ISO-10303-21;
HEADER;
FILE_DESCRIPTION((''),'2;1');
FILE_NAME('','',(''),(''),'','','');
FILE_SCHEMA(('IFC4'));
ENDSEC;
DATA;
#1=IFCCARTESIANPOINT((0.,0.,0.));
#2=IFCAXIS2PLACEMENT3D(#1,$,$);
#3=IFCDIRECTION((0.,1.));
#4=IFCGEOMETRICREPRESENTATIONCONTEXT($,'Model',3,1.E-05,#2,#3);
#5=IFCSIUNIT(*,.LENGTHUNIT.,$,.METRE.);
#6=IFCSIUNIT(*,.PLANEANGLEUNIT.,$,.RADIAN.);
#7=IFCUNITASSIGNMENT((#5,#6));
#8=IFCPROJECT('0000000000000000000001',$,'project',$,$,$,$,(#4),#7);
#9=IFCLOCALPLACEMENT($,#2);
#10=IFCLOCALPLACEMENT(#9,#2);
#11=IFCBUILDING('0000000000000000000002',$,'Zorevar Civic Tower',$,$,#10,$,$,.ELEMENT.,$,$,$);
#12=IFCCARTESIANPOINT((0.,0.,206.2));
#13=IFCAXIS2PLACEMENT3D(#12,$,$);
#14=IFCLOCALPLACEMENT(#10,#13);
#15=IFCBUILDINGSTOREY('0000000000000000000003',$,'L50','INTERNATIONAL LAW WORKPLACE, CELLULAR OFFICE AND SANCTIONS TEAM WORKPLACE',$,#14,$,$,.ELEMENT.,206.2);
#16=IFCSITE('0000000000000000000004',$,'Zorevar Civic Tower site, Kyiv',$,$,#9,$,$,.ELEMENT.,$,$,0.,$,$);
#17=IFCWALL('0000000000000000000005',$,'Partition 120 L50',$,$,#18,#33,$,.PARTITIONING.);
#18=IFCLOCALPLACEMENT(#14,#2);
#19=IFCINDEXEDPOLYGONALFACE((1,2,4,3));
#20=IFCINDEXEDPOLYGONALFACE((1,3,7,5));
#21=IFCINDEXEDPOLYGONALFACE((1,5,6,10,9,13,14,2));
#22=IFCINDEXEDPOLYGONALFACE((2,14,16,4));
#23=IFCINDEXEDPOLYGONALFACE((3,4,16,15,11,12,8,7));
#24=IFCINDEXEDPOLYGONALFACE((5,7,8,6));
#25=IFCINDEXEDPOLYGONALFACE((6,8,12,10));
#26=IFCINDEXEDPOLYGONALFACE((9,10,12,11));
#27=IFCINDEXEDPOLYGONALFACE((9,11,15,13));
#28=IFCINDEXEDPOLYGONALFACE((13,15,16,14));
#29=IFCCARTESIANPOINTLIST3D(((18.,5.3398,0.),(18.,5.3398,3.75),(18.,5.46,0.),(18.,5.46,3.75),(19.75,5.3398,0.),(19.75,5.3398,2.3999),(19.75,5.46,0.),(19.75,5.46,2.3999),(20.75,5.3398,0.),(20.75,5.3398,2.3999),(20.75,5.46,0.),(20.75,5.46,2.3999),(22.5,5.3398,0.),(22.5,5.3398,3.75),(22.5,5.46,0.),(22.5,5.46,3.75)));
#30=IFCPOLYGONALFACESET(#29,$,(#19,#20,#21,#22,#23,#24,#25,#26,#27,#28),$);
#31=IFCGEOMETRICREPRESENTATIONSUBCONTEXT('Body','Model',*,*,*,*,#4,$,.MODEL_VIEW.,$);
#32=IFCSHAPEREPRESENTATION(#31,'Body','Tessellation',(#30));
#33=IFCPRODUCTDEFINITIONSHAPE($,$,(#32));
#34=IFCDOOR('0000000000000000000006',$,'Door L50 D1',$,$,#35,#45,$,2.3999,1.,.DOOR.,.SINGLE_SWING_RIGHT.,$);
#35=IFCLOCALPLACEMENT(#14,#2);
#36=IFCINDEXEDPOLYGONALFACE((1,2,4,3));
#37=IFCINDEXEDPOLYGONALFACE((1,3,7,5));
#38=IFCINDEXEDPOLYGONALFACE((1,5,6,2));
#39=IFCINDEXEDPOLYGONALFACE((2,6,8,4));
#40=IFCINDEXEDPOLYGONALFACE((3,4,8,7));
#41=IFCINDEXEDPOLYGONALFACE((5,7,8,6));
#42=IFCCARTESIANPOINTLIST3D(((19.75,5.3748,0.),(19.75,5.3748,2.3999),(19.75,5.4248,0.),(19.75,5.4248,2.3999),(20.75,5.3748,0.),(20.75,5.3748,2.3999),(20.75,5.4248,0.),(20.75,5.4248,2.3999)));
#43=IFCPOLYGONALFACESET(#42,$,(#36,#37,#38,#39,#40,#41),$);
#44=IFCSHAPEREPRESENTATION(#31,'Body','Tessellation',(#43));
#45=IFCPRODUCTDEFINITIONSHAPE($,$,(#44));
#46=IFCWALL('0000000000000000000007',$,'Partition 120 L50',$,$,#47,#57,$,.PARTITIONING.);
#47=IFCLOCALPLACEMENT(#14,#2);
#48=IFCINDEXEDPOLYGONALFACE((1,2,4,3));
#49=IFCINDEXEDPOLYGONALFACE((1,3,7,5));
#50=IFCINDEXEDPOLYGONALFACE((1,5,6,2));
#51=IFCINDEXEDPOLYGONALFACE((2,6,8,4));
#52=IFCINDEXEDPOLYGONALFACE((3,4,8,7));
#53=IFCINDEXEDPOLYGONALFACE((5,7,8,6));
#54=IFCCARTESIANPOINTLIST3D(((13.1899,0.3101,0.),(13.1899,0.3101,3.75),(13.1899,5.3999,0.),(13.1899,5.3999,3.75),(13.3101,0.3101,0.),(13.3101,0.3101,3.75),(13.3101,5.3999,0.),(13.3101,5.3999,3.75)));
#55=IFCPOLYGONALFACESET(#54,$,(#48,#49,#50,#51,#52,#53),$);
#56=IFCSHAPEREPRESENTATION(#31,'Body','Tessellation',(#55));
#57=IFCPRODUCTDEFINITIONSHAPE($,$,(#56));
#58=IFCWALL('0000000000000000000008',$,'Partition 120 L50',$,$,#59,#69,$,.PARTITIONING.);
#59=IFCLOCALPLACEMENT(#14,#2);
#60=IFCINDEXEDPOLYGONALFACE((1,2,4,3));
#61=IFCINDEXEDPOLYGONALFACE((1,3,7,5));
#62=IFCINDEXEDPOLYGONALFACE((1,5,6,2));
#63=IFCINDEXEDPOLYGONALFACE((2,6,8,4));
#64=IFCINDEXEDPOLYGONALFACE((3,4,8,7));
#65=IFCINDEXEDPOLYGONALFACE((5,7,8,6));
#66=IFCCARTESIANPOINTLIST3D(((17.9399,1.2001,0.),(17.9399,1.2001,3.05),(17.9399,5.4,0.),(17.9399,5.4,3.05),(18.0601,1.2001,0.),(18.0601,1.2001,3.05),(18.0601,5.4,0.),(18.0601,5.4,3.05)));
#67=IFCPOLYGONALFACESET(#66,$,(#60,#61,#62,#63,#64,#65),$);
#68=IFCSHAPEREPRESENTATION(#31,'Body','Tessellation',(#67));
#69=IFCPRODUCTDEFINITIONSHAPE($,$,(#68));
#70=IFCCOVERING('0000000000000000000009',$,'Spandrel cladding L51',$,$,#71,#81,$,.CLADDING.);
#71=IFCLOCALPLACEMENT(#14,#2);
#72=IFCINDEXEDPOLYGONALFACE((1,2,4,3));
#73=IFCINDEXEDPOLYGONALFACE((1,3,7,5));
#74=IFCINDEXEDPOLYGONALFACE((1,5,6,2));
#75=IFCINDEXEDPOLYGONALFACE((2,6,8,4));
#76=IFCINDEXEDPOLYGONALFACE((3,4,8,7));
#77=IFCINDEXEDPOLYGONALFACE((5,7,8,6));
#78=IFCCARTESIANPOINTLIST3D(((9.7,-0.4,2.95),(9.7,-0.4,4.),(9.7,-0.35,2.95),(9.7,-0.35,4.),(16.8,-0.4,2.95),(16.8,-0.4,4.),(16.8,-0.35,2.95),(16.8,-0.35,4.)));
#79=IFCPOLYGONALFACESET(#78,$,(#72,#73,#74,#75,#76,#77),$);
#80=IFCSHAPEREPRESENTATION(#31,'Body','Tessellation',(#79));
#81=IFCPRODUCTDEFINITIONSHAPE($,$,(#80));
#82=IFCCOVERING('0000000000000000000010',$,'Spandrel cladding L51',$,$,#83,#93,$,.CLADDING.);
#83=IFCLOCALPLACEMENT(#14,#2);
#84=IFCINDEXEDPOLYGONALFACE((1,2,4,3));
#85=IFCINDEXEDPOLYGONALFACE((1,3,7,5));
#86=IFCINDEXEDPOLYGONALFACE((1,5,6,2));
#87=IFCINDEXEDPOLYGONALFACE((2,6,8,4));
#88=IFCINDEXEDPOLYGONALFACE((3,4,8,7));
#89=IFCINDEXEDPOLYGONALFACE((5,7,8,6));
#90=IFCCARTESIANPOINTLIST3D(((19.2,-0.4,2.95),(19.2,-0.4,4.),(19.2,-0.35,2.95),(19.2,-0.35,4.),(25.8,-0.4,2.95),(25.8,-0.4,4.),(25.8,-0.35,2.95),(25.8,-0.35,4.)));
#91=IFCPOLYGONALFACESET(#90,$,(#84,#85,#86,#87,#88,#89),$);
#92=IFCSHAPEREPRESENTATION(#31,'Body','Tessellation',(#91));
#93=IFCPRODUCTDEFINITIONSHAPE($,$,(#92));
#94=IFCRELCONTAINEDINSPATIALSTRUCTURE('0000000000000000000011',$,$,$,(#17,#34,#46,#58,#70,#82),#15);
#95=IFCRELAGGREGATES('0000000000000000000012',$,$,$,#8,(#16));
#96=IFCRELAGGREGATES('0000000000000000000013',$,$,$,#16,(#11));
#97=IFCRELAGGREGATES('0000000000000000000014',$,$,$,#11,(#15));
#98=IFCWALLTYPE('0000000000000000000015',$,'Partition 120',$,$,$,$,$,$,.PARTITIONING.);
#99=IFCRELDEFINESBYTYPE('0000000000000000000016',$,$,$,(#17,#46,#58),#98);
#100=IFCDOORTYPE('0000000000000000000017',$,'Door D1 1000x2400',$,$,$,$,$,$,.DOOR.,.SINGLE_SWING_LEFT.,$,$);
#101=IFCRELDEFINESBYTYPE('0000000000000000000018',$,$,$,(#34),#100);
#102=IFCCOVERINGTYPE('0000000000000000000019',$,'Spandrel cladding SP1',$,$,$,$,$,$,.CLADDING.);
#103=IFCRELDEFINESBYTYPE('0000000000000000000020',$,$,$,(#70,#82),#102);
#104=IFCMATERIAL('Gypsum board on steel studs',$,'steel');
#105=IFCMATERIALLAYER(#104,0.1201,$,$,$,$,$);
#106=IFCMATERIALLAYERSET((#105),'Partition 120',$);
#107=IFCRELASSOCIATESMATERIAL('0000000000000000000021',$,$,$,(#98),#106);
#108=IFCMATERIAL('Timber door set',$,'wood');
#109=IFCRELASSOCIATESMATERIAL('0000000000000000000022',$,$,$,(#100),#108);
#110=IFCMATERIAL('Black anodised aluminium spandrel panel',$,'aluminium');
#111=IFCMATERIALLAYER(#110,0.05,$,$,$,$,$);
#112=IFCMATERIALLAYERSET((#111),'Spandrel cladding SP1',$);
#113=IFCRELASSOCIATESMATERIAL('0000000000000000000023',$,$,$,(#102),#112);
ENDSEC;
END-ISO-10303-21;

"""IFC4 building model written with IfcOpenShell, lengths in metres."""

from ifc_helpers import new_model, si_unit, direction, frame, frame_2d, origin, place, context, subcontext, project, spatial, rectangle, extrude, material, layer, layer_set, type_object, element, fill, save


model = new_model("IFC4")

# Units and contexts
model_context = context("Model", 3, precision=1e-05, world=origin(), true_north=direction((0.0, 1.0)))
body_context = subcontext(model_context, "Body", "Model", "MODEL_VIEW")
ifc_project = project(units=[si_unit("LENGTHUNIT", "METRE"), si_unit("PLANEANGLEUNIT", "RADIAN")], contexts=[model_context])

# Site, building, storey
site_placement = place(None, origin())
site = spatial("IfcSite", under=ifc_project, at=site_placement, Name="Zorevar Civic Tower site, Kyiv", CompositionType="ELEMENT", RefElevation=0.0)
building_placement = place(site_placement, origin())
building = spatial("IfcBuilding", under=site, at=building_placement, Name="Zorevar Civic Tower", CompositionType="ELEMENT")
storey_placement = place(building_placement, frame((0.0, 0.0, 206.2)))
storey = spatial("IfcBuildingStorey", under=building, at=storey_placement, Name="L50", Description="INTERNATIONAL LAW WORKPLACE, CELLULAR OFFICE AND SANCTIONS TEAM WORKPLACE", CompositionType="ELEMENT", Elevation=206.2)

# Wall, opening, door
ifc_material_1 = material(Name="Gypsum board on steel studs", Category="steel")
ifc_layer_1 = layer(ifc_material_1, 0.1201)
ifc_layer_set_1 = layer_set([ifc_layer_1], Name="Partition 120")
wall_type_1 = type_object("IfcWallType", Name="Partition 120", PredefinedType="PARTITIONING", material=ifc_layer_set_1)
ifc_material_2 = material(Name="Timber door set", Category="wood")
door_type_1 = type_object("IfcDoorType", Name="Door D1 1000x2400", OperationType="SINGLE_SWING_LEFT", PredefinedType="DOOR", material=ifc_material_2)
wall_1_placement = place(storey_placement, frame((18.0, 5.3999, 0.0), z_axis=(0.0, 0.0, 1.0), x_axis=(1.0, 0.0, 0.0)))
wall_1 = element("IfcWall", 1, at=wall_1_placement, inside=storey, type_object=wall_type_1, Name="Partition 120 L50", PredefinedType="PARTITIONING", context=body_context, shape_type="SweptSolid", body=[
    extrude(rectangle(XDim=4.5, YDim=0.1201, at=frame_2d((2.25, 0.0))), origin(), (0.0, 0.0, 1.0), 3.75),
])
opening_1_placement = place(wall_1_placement, frame((1.75, 0.0, 0.0)))
opening_1 = element("IfcOpeningElement", 2, at=opening_1_placement, cuts=wall_1, PredefinedType="OPENING", context=body_context, shape_type="SweptSolid", body=[
    extrude(rectangle(XDim=1.0, YDim=2.3999, at=frame_2d((0.5, 1.2))), frame((0.0, 0.0701, 0.0), z_axis=(0.0, -1.0, 0.0), x_axis=(1.0, 0.0, 0.0)), (0.0, 0.0, 1.0), 0.1401),
])
door_1_placement = place(opening_1_placement, origin())
door_1 = element("IfcDoor", 3, at=door_1_placement, inside=storey, type_object=door_type_1, Name="Door L50 D1", OperationType="SINGLE_SWING_RIGHT", OverallHeight=2.3999, OverallWidth=1.0, PredefinedType="DOOR", context=body_context, shape_type="SweptSolid", body=[
    extrude(rectangle(XDim=1.0, YDim=2.3999, at=frame_2d((0.5, 1.2))), frame((0.0, 0.0249, 0.0), z_axis=(0.0, -1.0, 0.0), x_axis=(1.0, 0.0, 0.0)), (0.0, 0.0, 1.0), 0.05),
])
fill(opening_1, door_1)

# Walls
wall_2_placement = place(storey_placement, frame((13.25, 0.3101, 0.0), z_axis=(0.0, 0.0, 1.0), x_axis=(0.0, 1.0, 0.0)))
element("IfcWall", 4, at=wall_2_placement, inside=storey, type_object=wall_type_1, Name="Partition 120 L50", PredefinedType="PARTITIONING", context=body_context, shape_type="SweptSolid", body=[
    extrude(rectangle(XDim=5.0898, YDim=0.1201, at=frame_2d((2.5449, 0.0))), origin(), (0.0, 0.0, 1.0), 3.75),
])
wall_3_placement = place(storey_placement, frame((18.0, 1.2, 0.0), z_axis=(0.0, 0.0, 1.0), x_axis=(0.0, 1.0, 0.0)))
element("IfcWall", 5, at=wall_3_placement, inside=storey, type_object=wall_type_1, Name="Partition 120 L50", PredefinedType="PARTITIONING", context=body_context, shape_type="SweptSolid", body=[
    extrude(rectangle(XDim=4.2, YDim=0.1201, at=frame_2d((2.1001, 0.0))), origin(), (0.0, 0.0, 1.0), 3.05),
])

# Coverings
ifc_material_3 = material(Name="Black anodised aluminium spandrel panel", Category="aluminium")
ifc_layer_2 = layer(ifc_material_3, 0.05)
ifc_layer_set_2 = layer_set([ifc_layer_2], Name="Spandrel cladding SP1")
covering_type = type_object("IfcCoveringType", Name="Spandrel cladding SP1", PredefinedType="CLADDING", material=ifc_layer_set_2)
covering_1_placement = place(storey_placement, frame((9.7, -0.375, 2.95), z_axis=(0.0, 0.0, 1.0), x_axis=(1.0, 0.0, 0.0)))
element("IfcCovering", 6, at=covering_1_placement, inside=storey, type_object=covering_type, Name="Spandrel cladding L51", PredefinedType="CLADDING", context=body_context, shape_type="SweptSolid", body=[
    extrude(rectangle(XDim=7.1001, YDim=0.05, at=frame_2d((3.55, 0.0))), origin(), (0.0, 0.0, 1.0), 1.05),
])
covering_2_placement = place(storey_placement, frame((19.2, -0.375, 2.95), z_axis=(0.0, 0.0, 1.0), x_axis=(1.0, 0.0, 0.0)))
element("IfcCovering", 7, at=covering_2_placement, inside=storey, type_object=covering_type, Name="Spandrel cladding L51", PredefinedType="CLADDING", context=body_context, shape_type="SweptSolid", body=[
    extrude(rectangle(XDim=6.6001, YDim=0.05, at=frame_2d((3.3, 0.0))), origin(), (0.0, 0.0, 1.0), 1.05),
])

save(model, "model.ifc")
